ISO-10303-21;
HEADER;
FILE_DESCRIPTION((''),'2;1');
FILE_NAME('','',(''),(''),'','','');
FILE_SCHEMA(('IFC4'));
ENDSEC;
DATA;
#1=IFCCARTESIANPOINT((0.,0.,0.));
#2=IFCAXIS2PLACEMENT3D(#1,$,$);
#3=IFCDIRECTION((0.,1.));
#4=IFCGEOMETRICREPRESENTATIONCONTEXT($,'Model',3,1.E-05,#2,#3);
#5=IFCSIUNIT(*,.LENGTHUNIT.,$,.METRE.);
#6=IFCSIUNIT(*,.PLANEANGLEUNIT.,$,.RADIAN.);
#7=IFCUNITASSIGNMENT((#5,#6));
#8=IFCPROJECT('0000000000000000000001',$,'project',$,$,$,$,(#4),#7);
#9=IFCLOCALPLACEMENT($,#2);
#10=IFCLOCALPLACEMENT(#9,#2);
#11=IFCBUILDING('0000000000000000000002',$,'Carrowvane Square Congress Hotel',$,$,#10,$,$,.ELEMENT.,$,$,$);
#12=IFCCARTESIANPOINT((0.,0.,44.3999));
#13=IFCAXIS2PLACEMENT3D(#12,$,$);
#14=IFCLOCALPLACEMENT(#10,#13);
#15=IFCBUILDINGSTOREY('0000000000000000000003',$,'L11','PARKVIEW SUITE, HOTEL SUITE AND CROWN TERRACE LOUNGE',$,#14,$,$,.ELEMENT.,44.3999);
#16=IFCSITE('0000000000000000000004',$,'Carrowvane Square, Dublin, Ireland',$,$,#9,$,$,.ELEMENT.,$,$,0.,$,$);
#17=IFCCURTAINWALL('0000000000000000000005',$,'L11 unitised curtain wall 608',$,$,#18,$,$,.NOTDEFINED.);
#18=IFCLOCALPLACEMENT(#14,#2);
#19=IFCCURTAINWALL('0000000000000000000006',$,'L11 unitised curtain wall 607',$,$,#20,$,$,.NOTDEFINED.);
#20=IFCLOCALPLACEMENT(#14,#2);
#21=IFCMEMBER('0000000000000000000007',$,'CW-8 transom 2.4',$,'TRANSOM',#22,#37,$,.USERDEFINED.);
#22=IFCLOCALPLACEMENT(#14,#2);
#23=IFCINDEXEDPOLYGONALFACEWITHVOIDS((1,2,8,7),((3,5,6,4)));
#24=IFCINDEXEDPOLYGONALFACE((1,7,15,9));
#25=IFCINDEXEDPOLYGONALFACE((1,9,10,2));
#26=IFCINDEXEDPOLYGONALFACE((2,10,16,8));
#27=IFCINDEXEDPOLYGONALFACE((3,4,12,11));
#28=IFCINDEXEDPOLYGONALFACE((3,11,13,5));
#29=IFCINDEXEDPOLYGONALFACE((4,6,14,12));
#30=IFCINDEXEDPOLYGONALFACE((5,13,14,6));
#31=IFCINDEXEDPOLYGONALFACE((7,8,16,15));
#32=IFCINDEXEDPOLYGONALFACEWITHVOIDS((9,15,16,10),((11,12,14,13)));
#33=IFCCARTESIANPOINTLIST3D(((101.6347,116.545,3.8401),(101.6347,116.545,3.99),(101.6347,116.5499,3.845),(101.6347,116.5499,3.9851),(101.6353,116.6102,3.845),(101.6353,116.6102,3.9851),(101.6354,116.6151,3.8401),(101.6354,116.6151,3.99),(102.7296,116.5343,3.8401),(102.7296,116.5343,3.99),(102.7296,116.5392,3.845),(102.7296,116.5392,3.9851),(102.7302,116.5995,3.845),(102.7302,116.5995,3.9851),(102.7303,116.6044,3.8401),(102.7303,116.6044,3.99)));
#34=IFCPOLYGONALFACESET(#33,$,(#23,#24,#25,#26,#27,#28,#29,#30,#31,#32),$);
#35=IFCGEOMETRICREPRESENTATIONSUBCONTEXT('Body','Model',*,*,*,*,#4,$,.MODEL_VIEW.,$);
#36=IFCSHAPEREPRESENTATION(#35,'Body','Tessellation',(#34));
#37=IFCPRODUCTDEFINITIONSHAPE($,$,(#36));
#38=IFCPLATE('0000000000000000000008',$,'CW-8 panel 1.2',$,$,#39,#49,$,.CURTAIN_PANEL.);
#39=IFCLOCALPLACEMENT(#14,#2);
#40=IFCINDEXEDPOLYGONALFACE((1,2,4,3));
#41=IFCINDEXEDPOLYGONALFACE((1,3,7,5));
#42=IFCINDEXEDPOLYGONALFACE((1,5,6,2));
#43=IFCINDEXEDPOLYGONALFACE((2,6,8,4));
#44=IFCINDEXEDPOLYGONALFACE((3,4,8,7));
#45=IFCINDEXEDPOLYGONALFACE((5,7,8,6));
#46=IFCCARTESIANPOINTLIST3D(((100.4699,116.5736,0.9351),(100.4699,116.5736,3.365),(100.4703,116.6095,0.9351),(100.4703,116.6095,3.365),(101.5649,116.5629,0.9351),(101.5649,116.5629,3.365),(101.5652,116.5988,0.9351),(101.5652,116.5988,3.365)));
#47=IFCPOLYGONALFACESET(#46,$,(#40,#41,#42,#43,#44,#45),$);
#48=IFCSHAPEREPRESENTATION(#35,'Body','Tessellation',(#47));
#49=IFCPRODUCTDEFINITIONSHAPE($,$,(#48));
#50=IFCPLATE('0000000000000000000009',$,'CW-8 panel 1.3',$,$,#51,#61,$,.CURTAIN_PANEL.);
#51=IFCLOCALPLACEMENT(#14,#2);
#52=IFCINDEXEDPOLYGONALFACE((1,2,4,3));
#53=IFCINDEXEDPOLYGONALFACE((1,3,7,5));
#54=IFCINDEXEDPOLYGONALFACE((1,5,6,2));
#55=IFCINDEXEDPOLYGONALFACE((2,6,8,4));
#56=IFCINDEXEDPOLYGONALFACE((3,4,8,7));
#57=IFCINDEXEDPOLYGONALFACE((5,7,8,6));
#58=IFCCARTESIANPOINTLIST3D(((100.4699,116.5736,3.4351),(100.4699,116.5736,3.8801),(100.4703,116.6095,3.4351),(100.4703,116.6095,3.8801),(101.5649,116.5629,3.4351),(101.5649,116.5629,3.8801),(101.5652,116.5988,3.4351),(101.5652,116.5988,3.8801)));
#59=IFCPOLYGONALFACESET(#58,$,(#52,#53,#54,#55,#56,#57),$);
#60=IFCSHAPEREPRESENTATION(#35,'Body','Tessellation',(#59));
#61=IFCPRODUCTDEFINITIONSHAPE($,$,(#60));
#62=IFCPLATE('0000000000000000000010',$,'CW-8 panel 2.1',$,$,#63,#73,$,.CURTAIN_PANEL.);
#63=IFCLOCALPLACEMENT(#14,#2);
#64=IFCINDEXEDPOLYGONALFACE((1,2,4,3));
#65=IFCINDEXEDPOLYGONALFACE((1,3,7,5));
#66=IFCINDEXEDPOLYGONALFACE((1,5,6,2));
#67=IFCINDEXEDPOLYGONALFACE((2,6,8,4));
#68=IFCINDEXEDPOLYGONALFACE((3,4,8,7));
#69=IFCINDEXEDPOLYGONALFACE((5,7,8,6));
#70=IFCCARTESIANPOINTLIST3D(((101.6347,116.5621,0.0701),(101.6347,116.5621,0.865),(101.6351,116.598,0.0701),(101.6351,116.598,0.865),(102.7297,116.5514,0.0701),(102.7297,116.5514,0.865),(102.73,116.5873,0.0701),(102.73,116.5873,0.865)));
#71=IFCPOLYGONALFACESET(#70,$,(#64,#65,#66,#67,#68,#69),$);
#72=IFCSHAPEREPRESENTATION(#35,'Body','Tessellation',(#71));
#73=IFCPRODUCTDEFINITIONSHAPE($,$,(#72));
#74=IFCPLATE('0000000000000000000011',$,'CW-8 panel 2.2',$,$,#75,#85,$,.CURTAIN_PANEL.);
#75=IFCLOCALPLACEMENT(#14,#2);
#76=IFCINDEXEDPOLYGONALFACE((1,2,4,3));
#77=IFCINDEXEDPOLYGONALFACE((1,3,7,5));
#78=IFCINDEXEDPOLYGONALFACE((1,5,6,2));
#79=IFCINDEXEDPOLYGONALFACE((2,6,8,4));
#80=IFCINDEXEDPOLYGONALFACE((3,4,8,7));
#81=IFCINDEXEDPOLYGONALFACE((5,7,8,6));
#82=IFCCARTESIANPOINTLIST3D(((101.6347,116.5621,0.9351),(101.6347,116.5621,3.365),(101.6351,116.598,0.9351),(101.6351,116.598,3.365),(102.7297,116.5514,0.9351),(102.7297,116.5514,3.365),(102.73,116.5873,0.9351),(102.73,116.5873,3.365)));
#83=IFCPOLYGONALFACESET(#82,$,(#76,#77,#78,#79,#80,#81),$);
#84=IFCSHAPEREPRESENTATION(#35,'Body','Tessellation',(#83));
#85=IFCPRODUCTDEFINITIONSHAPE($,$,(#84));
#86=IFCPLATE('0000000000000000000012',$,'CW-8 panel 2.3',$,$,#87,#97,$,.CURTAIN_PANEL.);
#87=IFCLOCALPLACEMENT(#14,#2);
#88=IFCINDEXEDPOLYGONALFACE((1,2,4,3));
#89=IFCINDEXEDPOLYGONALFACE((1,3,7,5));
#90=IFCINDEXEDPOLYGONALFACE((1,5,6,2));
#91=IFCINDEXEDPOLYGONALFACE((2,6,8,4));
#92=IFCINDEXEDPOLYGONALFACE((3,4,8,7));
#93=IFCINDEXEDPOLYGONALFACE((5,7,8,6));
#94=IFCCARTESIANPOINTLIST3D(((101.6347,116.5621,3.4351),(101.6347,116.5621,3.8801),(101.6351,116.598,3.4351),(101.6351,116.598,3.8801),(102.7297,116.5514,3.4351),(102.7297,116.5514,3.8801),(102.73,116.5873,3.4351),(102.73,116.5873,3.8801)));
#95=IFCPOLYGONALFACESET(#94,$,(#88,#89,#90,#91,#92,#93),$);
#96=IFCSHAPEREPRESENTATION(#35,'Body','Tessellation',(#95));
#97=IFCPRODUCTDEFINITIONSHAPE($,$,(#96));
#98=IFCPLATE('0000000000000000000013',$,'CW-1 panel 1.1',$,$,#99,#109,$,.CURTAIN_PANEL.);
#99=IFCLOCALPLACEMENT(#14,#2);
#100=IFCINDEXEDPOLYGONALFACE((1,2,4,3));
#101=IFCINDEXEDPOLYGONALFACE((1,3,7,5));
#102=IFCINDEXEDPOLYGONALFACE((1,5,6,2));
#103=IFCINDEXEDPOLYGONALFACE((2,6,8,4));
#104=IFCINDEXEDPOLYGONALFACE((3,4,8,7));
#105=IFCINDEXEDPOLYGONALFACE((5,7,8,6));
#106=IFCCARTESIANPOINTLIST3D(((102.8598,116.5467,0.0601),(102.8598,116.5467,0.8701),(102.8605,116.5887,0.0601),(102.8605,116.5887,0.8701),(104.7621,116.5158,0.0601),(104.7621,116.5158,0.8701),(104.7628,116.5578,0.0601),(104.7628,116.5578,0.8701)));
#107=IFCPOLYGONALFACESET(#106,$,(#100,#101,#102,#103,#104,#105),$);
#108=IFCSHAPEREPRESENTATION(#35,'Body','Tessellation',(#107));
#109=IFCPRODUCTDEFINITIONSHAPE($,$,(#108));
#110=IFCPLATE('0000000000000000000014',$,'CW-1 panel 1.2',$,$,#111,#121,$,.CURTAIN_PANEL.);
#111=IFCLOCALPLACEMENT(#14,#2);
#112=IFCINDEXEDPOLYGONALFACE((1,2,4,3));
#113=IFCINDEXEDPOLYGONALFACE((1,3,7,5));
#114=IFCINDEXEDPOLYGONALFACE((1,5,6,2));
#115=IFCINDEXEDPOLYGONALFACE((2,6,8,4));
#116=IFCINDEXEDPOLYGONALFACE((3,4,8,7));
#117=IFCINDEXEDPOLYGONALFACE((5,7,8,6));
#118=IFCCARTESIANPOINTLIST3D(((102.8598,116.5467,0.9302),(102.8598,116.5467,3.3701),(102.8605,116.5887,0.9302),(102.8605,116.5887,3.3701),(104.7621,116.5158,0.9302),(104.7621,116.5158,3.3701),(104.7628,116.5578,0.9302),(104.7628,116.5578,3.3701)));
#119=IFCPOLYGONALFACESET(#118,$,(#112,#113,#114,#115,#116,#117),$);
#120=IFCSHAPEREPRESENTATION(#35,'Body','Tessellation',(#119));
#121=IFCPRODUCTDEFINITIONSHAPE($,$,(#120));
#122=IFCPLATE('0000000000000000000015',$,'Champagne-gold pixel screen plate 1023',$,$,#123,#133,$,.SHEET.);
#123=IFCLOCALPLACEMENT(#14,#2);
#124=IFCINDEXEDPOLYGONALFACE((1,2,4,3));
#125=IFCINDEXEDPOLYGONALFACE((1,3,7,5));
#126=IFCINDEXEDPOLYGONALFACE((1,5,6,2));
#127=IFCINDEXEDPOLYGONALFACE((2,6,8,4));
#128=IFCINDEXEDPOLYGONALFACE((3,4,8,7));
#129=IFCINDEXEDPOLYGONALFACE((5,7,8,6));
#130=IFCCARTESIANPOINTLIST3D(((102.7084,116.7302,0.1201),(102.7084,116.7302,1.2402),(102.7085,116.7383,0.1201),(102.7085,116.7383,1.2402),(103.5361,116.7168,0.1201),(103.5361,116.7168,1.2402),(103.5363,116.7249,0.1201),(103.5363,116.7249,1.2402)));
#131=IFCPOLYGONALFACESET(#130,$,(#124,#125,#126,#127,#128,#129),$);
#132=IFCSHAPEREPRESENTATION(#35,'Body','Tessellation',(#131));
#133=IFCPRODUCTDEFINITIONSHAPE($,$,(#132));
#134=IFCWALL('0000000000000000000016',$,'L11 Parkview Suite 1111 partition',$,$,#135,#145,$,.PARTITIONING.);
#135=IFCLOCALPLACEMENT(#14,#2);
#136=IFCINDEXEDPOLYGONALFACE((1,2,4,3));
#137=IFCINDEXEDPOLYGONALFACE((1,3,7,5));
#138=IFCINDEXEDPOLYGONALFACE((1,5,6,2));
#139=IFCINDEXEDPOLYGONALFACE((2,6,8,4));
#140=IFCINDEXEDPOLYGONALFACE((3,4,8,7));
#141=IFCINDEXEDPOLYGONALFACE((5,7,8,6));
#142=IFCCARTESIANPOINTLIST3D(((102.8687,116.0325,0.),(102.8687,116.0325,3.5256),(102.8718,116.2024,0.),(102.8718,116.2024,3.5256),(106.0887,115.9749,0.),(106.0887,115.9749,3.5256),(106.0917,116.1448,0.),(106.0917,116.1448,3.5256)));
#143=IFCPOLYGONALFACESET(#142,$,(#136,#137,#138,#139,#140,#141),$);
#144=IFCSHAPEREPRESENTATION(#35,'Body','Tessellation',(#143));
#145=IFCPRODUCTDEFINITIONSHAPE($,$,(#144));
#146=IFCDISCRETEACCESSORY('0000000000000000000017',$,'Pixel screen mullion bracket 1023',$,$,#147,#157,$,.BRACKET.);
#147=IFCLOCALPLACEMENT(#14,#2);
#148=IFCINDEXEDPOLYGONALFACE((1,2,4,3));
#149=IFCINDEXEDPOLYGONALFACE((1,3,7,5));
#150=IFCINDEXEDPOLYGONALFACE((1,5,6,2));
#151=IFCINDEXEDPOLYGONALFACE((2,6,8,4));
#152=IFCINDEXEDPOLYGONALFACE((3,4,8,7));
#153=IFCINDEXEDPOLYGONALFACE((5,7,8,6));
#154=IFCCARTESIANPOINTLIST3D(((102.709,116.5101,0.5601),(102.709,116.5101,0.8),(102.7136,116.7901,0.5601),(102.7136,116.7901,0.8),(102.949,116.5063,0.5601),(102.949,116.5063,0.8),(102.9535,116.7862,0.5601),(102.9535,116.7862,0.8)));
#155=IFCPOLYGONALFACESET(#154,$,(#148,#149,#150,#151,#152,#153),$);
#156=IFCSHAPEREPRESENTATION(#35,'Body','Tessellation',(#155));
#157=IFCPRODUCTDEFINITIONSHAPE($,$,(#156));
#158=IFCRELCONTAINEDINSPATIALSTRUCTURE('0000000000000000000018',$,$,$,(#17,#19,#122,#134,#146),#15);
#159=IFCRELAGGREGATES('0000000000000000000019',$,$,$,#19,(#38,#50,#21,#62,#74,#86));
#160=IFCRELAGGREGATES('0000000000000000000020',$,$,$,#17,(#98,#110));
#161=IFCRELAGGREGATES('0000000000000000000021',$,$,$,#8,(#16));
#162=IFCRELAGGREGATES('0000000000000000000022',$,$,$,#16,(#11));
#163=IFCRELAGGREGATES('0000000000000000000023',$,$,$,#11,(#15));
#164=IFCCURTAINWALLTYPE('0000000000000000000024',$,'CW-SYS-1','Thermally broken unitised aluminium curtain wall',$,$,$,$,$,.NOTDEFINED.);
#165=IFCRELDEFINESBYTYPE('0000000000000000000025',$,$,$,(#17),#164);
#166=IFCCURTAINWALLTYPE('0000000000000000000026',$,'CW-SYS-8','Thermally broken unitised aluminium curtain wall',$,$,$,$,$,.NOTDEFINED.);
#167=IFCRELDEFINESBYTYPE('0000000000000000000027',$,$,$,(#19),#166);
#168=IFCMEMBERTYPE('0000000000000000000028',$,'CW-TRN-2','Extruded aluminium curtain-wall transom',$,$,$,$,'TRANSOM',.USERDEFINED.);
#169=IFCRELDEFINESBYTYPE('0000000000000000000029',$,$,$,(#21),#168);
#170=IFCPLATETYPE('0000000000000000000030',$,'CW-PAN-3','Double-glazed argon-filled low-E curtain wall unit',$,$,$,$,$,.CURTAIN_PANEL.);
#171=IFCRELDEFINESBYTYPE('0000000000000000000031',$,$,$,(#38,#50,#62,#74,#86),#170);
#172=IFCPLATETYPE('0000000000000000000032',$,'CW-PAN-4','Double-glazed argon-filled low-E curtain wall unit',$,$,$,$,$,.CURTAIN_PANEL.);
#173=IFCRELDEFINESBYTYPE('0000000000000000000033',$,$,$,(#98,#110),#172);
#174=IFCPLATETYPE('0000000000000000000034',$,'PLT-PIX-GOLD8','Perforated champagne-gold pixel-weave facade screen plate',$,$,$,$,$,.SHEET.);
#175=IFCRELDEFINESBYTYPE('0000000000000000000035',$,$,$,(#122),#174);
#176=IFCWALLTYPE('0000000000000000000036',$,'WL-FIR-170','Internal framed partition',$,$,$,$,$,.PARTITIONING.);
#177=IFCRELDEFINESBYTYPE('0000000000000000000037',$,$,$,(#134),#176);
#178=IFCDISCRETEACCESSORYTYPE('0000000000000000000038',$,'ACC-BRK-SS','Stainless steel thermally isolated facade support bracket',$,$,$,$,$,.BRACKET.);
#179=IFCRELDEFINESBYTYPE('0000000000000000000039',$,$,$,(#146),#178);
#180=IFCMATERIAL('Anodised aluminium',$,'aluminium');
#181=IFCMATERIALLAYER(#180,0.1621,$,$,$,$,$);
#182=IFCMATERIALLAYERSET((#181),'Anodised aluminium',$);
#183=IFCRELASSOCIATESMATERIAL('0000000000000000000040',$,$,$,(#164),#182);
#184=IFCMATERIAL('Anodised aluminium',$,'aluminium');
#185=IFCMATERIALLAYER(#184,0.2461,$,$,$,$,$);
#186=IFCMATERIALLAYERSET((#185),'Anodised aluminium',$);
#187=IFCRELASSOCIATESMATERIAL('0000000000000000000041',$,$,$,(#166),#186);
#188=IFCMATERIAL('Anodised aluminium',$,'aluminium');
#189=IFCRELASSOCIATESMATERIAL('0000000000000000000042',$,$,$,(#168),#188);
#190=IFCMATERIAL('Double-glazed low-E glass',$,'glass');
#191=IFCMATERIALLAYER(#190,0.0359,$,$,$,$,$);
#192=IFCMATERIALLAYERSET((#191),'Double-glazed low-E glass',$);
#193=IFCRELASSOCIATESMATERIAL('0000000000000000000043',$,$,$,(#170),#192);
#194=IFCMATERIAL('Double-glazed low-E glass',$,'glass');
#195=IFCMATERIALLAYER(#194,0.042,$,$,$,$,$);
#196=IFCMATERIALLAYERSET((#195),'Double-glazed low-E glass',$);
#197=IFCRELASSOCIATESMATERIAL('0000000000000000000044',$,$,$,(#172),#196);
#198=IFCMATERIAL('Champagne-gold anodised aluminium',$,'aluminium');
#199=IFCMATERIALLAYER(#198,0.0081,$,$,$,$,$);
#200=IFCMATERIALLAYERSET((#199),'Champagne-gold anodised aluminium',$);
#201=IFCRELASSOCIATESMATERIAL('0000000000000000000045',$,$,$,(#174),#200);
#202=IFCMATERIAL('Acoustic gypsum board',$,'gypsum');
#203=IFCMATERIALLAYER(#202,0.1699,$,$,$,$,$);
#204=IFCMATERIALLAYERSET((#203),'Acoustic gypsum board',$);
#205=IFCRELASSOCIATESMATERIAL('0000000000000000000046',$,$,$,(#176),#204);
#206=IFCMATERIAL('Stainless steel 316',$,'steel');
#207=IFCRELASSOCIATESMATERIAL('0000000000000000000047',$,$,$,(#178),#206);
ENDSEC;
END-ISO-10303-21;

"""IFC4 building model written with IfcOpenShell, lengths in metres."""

from ifc_helpers import new_model, si_unit, direction, frame, frame_2d, origin, origin_2d, place, context, subcontext, project, spatial, rectangle, hollow_rectangle, extrude, material, layer, layer_set, material_profile, profile_set, type_object, element, aggregate, save


model = new_model("IFC4")

# Units and contexts
model_context = context("Model", 3, precision=1e-05, world=origin(), true_north=direction((0.0, 1.0)))
body_context = subcontext(model_context, "Body", "Model", "MODEL_VIEW")
ifc_project = project(units=[si_unit("LENGTHUNIT", "METRE"), si_unit("PLANEANGLEUNIT", "RADIAN")], contexts=[model_context])

# Site, building, storey
site_placement = place(None, origin())
site = spatial("IfcSite", under=ifc_project, at=site_placement, Name="Carrowvane Square, Dublin, Ireland", CompositionType="ELEMENT", RefElevation=0.0)
building_placement = place(site_placement, origin())
building = spatial("IfcBuilding", under=site, at=building_placement, Name="Carrowvane Square Congress Hotel", CompositionType="ELEMENT")
storey_placement = place(building_placement, frame((0.0, 0.0, 44.3999)))
storey = spatial("IfcBuildingStorey", under=building, at=storey_placement, Name="L11", Description="PARKVIEW SUITE, HOTEL SUITE AND CROWN TERRACE LOUNGE", CompositionType="ELEMENT", Elevation=44.3999)

# Curtain wall
ifc_material_1 = material(Name="Anodised aluminium", Category="aluminium")
ifc_layer_1 = layer(ifc_material_1, 0.1621)
ifc_layer_set_1 = layer_set([ifc_layer_1], Name="Anodised aluminium")
curtain_wall_type_1 = type_object("IfcCurtainWallType", Name="CW-SYS-1", Description="Thermally broken unitised aluminium curtain wall", PredefinedType="NOTDEFINED", material=ifc_layer_set_1)
curtain_wall_1_placement = place(storey_placement, origin())
curtain_wall_1 = element("IfcCurtainWall", 1, at=curtain_wall_1_placement, inside=storey, type_object=curtain_wall_type_1, Name="L11 unitised curtain wall 608", PredefinedType="NOTDEFINED")

# Curtain wall
ifc_material_2 = material(Name="Anodised aluminium", Category="aluminium")
ifc_layer_2 = layer(ifc_material_2, 0.2461)
ifc_layer_set_2 = layer_set([ifc_layer_2], Name="Anodised aluminium")
curtain_wall_type_2 = type_object("IfcCurtainWallType", Name="CW-SYS-8", Description="Thermally broken unitised aluminium curtain wall", PredefinedType="NOTDEFINED", material=ifc_layer_set_2)
curtain_wall_2_placement = place(storey_placement, origin())
curtain_wall_2 = element("IfcCurtainWall", 2, at=curtain_wall_2_placement, inside=storey, type_object=curtain_wall_type_2, Name="L11 unitised curtain wall 607", PredefinedType="NOTDEFINED")

# Member
ifc_material_3 = material(Name="Anodised aluminium", Category="aluminium")
ifc_material_profile_1 = material_profile(ifc_material_3, hollow_rectangle(XDim=0.0701, YDim=0.1499, WallThickness=0.0049, at=origin_2d()), Name="CW-TR 70x150x5")
ifc_profile_set_1 = profile_set([ifc_material_profile_1], Name="Anodised aluminium")
member_type_1 = type_object("IfcMemberType", Name="CW-TRN-2", Description="Extruded aluminium curtain-wall transom", ElementType="TRANSOM", PredefinedType="USERDEFINED", material=ifc_profile_set_1)
member_1_placement = place(storey_placement, frame((101.635, 116.5801, 3.915), z_axis=(0.999952, -0.00981, 0.0), x_axis=(0.00981, 0.999952, 0.0)))
member_1 = element("IfcMember", 3, at=member_1_placement, type_object=member_type_1, Name="CW-8 transom 2.4", ObjectType="TRANSOM", PredefinedType="USERDEFINED", context=body_context, shape_type="SweptSolid", body=[
    extrude(hollow_rectangle(XDim=0.0701, YDim=0.1499, WallThickness=0.0049, at=origin_2d()), origin(), (0.0, 0.0, 1.0), 1.095),
])

# Plates
ifc_material_4 = material(Name="Double-glazed low-E glass", Category="glass")
ifc_layer_3 = layer(ifc_material_4, 0.0359)
ifc_layer_set_3 = layer_set([ifc_layer_3], Name="Double-glazed low-E glass")
plate_type_1 = type_object("IfcPlateType", Name="CW-PAN-3", Description="Double-glazed argon-filled low-E curtain wall unit", PredefinedType="CURTAIN_PANEL", material=ifc_layer_set_3)
plate_1_placement = place(storey_placement, frame((101.0176, 116.5862, 0.9351), z_axis=(0.0, 0.0, 1.0), x_axis=(0.999952, -0.009783, 0.0)))
plate_1 = element("IfcPlate", 4, at=plate_1_placement, type_object=plate_type_1, Name="CW-8 panel 1.2", PredefinedType="CURTAIN_PANEL", context=body_context, shape_type="SweptSolid", body=[
    extrude(rectangle(XDim=1.095, YDim=0.0359, at=origin_2d()), origin(), (0.0, 0.0, 1.0), 2.4299),
])
plate_2_placement = place(storey_placement, frame((101.0176, 116.5862, 3.4351), z_axis=(0.0, 0.0, 1.0), x_axis=(0.999952, -0.009783, 0.0)))
plate_2 = element("IfcPlate", 5, at=plate_2_placement, type_object=plate_type_1, Name="CW-8 panel 1.3", PredefinedType="CURTAIN_PANEL", context=body_context, shape_type="SweptSolid", body=[
    extrude(rectangle(XDim=1.095, YDim=0.0359, at=origin_2d()), origin(), (0.0, 0.0, 1.0), 0.4451),
])
plate_3_placement = place(storey_placement, frame((102.1824, 116.5747, 0.0701), z_axis=(0.0, 0.0, 1.0), x_axis=(0.999952, -0.009783, 0.0)))
plate_3 = element("IfcPlate", 6, at=plate_3_placement, type_object=plate_type_1, Name="CW-8 panel 2.1", PredefinedType="CURTAIN_PANEL", context=body_context, shape_type="SweptSolid", body=[
    extrude(rectangle(XDim=1.095, YDim=0.0359, at=origin_2d()), origin(), (0.0, 0.0, 1.0), 0.7949),
])
plate_4_placement = place(storey_placement, frame((102.1824, 116.5747, 0.9351), z_axis=(0.0, 0.0, 1.0), x_axis=(0.999952, -0.009783, 0.0)))
plate_4 = element("IfcPlate", 7, at=plate_4_placement, type_object=plate_type_1, Name="CW-8 panel 2.2", PredefinedType="CURTAIN_PANEL", context=body_context, shape_type="SweptSolid", body=[
    extrude(rectangle(XDim=1.095, YDim=0.0359, at=origin_2d()), origin(), (0.0, 0.0, 1.0), 2.4299),
])
plate_5_placement = place(storey_placement, frame((102.1824, 116.5747, 3.4351), z_axis=(0.0, 0.0, 1.0), x_axis=(0.999952, -0.009783, 0.0)))
plate_5 = element("IfcPlate", 8, at=plate_5_placement, type_object=plate_type_1, Name="CW-8 panel 2.3", PredefinedType="CURTAIN_PANEL", context=body_context, shape_type="SweptSolid", body=[
    extrude(rectangle(XDim=1.095, YDim=0.0359, at=origin_2d()), origin(), (0.0, 0.0, 1.0), 0.4451),
])
aggregate(curtain_wall_2, [plate_1, plate_2, member_1, plate_3, plate_4, plate_5])
ifc_material_5 = material(Name="Double-glazed low-E glass", Category="glass")
ifc_layer_4 = layer(ifc_material_5, 0.042)
ifc_layer_set_4 = layer_set([ifc_layer_4], Name="Double-glazed low-E glass")
plate_type_2 = type_object("IfcPlateType", Name="CW-PAN-4", Description="Double-glazed argon-filled low-E curtain wall unit", PredefinedType="CURTAIN_PANEL", material=ifc_layer_set_4)
plate_6_placement = place(storey_placement, frame((103.8113, 116.5522, 0.0601), z_axis=(0.0, 0.0, 1.0), x_axis=(0.999869, -0.016216, 0.0)))
plate_6 = element("IfcPlate", 9, at=plate_6_placement, type_object=plate_type_2, Name="CW-1 panel 1.1", PredefinedType="CURTAIN_PANEL", context=body_context, shape_type="SweptSolid", body=[
    extrude(rectangle(XDim=1.9026, YDim=0.042, at=origin_2d()), origin(), (0.0, 0.0, 1.0), 0.8101),
])
plate_7_placement = place(storey_placement, frame((103.8113, 116.5522, 0.9302), z_axis=(0.0, 0.0, 1.0), x_axis=(0.999869, -0.016216, 0.0)))
plate_7 = element("IfcPlate", 10, at=plate_7_placement, type_object=plate_type_2, Name="CW-1 panel 1.2", PredefinedType="CURTAIN_PANEL", context=body_context, shape_type="SweptSolid", body=[
    extrude(rectangle(XDim=1.9026, YDim=0.042, at=origin_2d()), origin(), (0.0, 0.0, 1.0), 2.4399),
])
aggregate(curtain_wall_1, [plate_6, plate_7])
ifc_material_6 = material(Name="Champagne-gold anodised aluminium", Category="aluminium")
ifc_layer_5 = layer(ifc_material_6, 0.0081)
ifc_layer_set_5 = layer_set([ifc_layer_5], Name="Champagne-gold anodised aluminium")
plate_type_3 = type_object("IfcPlateType", Name="PLT-PIX-GOLD8", Description="Perforated champagne-gold pixel-weave facade screen plate", PredefinedType="SHEET", material=ifc_layer_set_5)
plate_8_placement = place(storey_placement, frame((103.1223, 116.7275, 0.1201), z_axis=(0.0, 0.0, 1.0), x_axis=(0.999869, -0.016216, 0.0)))
element("IfcPlate", 11, at=plate_8_placement, inside=storey, type_object=plate_type_3, Name="Champagne-gold pixel screen plate 1023", PredefinedType="SHEET", context=body_context, shape_type="SweptSolid", body=[
    extrude(rectangle(XDim=0.8279, YDim=0.0081, at=origin_2d()), origin(), (0.0, 0.0, 1.0), 1.1201),
])

# Wall
ifc_material_7 = material(Name="Acoustic gypsum board", Category="gypsum")
ifc_layer_6 = layer(ifc_material_7, 0.1699)
ifc_layer_set_6 = layer_set([ifc_layer_6], Name="Acoustic gypsum board")
wall_type = type_object("IfcWallType", Name="WL-FIR-170", Description="Internal framed partition", PredefinedType="PARTITIONING", material=ifc_layer_set_6)
wall_placement = place(storey_placement, frame((102.8701, 116.1174, 0.0), z_axis=(0.0, 0.0, 1.0), x_axis=(0.99984, -0.017891, 0.0)))
element("IfcWall", 12, at=wall_placement, inside=storey, type_object=wall_type, Name="L11 Parkview Suite 1111 partition", PredefinedType="PARTITIONING", context=body_context, shape_type="SweptSolid", body=[
    extrude(rectangle(XDim=3.2205, YDim=0.1699, at=frame_2d((1.6104, 0.0))), origin(), (0.0, 0.0, 1.0), 3.5256),
])

# Discrete accessory
ifc_material_8 = material(Name="Stainless steel 316", Category="steel")
discrete_accessory_type = type_object("IfcDiscreteAccessoryType", Name="ACC-BRK-SS", Description="Stainless steel thermally isolated facade support bracket", PredefinedType="BRACKET", material=ifc_material_8)
discrete_accessory_placement = place(storey_placement, frame((102.8313, 116.6482, 0.5601), z_axis=(0.0, 0.0, 1.0), x_axis=(0.999869, -0.016216, 0.0)))
element("IfcDiscreteAccessory", 13, at=discrete_accessory_placement, inside=storey, type_object=discrete_accessory_type, Name="Pixel screen mullion bracket 1023", PredefinedType="BRACKET", context=body_context, shape_type="SweptSolid", body=[
    extrude(rectangle(XDim=0.24, YDim=0.28, at=origin_2d()), origin(), (0.0, 0.0, 1.0), 0.24),
])

save(model, "model.ifc")
